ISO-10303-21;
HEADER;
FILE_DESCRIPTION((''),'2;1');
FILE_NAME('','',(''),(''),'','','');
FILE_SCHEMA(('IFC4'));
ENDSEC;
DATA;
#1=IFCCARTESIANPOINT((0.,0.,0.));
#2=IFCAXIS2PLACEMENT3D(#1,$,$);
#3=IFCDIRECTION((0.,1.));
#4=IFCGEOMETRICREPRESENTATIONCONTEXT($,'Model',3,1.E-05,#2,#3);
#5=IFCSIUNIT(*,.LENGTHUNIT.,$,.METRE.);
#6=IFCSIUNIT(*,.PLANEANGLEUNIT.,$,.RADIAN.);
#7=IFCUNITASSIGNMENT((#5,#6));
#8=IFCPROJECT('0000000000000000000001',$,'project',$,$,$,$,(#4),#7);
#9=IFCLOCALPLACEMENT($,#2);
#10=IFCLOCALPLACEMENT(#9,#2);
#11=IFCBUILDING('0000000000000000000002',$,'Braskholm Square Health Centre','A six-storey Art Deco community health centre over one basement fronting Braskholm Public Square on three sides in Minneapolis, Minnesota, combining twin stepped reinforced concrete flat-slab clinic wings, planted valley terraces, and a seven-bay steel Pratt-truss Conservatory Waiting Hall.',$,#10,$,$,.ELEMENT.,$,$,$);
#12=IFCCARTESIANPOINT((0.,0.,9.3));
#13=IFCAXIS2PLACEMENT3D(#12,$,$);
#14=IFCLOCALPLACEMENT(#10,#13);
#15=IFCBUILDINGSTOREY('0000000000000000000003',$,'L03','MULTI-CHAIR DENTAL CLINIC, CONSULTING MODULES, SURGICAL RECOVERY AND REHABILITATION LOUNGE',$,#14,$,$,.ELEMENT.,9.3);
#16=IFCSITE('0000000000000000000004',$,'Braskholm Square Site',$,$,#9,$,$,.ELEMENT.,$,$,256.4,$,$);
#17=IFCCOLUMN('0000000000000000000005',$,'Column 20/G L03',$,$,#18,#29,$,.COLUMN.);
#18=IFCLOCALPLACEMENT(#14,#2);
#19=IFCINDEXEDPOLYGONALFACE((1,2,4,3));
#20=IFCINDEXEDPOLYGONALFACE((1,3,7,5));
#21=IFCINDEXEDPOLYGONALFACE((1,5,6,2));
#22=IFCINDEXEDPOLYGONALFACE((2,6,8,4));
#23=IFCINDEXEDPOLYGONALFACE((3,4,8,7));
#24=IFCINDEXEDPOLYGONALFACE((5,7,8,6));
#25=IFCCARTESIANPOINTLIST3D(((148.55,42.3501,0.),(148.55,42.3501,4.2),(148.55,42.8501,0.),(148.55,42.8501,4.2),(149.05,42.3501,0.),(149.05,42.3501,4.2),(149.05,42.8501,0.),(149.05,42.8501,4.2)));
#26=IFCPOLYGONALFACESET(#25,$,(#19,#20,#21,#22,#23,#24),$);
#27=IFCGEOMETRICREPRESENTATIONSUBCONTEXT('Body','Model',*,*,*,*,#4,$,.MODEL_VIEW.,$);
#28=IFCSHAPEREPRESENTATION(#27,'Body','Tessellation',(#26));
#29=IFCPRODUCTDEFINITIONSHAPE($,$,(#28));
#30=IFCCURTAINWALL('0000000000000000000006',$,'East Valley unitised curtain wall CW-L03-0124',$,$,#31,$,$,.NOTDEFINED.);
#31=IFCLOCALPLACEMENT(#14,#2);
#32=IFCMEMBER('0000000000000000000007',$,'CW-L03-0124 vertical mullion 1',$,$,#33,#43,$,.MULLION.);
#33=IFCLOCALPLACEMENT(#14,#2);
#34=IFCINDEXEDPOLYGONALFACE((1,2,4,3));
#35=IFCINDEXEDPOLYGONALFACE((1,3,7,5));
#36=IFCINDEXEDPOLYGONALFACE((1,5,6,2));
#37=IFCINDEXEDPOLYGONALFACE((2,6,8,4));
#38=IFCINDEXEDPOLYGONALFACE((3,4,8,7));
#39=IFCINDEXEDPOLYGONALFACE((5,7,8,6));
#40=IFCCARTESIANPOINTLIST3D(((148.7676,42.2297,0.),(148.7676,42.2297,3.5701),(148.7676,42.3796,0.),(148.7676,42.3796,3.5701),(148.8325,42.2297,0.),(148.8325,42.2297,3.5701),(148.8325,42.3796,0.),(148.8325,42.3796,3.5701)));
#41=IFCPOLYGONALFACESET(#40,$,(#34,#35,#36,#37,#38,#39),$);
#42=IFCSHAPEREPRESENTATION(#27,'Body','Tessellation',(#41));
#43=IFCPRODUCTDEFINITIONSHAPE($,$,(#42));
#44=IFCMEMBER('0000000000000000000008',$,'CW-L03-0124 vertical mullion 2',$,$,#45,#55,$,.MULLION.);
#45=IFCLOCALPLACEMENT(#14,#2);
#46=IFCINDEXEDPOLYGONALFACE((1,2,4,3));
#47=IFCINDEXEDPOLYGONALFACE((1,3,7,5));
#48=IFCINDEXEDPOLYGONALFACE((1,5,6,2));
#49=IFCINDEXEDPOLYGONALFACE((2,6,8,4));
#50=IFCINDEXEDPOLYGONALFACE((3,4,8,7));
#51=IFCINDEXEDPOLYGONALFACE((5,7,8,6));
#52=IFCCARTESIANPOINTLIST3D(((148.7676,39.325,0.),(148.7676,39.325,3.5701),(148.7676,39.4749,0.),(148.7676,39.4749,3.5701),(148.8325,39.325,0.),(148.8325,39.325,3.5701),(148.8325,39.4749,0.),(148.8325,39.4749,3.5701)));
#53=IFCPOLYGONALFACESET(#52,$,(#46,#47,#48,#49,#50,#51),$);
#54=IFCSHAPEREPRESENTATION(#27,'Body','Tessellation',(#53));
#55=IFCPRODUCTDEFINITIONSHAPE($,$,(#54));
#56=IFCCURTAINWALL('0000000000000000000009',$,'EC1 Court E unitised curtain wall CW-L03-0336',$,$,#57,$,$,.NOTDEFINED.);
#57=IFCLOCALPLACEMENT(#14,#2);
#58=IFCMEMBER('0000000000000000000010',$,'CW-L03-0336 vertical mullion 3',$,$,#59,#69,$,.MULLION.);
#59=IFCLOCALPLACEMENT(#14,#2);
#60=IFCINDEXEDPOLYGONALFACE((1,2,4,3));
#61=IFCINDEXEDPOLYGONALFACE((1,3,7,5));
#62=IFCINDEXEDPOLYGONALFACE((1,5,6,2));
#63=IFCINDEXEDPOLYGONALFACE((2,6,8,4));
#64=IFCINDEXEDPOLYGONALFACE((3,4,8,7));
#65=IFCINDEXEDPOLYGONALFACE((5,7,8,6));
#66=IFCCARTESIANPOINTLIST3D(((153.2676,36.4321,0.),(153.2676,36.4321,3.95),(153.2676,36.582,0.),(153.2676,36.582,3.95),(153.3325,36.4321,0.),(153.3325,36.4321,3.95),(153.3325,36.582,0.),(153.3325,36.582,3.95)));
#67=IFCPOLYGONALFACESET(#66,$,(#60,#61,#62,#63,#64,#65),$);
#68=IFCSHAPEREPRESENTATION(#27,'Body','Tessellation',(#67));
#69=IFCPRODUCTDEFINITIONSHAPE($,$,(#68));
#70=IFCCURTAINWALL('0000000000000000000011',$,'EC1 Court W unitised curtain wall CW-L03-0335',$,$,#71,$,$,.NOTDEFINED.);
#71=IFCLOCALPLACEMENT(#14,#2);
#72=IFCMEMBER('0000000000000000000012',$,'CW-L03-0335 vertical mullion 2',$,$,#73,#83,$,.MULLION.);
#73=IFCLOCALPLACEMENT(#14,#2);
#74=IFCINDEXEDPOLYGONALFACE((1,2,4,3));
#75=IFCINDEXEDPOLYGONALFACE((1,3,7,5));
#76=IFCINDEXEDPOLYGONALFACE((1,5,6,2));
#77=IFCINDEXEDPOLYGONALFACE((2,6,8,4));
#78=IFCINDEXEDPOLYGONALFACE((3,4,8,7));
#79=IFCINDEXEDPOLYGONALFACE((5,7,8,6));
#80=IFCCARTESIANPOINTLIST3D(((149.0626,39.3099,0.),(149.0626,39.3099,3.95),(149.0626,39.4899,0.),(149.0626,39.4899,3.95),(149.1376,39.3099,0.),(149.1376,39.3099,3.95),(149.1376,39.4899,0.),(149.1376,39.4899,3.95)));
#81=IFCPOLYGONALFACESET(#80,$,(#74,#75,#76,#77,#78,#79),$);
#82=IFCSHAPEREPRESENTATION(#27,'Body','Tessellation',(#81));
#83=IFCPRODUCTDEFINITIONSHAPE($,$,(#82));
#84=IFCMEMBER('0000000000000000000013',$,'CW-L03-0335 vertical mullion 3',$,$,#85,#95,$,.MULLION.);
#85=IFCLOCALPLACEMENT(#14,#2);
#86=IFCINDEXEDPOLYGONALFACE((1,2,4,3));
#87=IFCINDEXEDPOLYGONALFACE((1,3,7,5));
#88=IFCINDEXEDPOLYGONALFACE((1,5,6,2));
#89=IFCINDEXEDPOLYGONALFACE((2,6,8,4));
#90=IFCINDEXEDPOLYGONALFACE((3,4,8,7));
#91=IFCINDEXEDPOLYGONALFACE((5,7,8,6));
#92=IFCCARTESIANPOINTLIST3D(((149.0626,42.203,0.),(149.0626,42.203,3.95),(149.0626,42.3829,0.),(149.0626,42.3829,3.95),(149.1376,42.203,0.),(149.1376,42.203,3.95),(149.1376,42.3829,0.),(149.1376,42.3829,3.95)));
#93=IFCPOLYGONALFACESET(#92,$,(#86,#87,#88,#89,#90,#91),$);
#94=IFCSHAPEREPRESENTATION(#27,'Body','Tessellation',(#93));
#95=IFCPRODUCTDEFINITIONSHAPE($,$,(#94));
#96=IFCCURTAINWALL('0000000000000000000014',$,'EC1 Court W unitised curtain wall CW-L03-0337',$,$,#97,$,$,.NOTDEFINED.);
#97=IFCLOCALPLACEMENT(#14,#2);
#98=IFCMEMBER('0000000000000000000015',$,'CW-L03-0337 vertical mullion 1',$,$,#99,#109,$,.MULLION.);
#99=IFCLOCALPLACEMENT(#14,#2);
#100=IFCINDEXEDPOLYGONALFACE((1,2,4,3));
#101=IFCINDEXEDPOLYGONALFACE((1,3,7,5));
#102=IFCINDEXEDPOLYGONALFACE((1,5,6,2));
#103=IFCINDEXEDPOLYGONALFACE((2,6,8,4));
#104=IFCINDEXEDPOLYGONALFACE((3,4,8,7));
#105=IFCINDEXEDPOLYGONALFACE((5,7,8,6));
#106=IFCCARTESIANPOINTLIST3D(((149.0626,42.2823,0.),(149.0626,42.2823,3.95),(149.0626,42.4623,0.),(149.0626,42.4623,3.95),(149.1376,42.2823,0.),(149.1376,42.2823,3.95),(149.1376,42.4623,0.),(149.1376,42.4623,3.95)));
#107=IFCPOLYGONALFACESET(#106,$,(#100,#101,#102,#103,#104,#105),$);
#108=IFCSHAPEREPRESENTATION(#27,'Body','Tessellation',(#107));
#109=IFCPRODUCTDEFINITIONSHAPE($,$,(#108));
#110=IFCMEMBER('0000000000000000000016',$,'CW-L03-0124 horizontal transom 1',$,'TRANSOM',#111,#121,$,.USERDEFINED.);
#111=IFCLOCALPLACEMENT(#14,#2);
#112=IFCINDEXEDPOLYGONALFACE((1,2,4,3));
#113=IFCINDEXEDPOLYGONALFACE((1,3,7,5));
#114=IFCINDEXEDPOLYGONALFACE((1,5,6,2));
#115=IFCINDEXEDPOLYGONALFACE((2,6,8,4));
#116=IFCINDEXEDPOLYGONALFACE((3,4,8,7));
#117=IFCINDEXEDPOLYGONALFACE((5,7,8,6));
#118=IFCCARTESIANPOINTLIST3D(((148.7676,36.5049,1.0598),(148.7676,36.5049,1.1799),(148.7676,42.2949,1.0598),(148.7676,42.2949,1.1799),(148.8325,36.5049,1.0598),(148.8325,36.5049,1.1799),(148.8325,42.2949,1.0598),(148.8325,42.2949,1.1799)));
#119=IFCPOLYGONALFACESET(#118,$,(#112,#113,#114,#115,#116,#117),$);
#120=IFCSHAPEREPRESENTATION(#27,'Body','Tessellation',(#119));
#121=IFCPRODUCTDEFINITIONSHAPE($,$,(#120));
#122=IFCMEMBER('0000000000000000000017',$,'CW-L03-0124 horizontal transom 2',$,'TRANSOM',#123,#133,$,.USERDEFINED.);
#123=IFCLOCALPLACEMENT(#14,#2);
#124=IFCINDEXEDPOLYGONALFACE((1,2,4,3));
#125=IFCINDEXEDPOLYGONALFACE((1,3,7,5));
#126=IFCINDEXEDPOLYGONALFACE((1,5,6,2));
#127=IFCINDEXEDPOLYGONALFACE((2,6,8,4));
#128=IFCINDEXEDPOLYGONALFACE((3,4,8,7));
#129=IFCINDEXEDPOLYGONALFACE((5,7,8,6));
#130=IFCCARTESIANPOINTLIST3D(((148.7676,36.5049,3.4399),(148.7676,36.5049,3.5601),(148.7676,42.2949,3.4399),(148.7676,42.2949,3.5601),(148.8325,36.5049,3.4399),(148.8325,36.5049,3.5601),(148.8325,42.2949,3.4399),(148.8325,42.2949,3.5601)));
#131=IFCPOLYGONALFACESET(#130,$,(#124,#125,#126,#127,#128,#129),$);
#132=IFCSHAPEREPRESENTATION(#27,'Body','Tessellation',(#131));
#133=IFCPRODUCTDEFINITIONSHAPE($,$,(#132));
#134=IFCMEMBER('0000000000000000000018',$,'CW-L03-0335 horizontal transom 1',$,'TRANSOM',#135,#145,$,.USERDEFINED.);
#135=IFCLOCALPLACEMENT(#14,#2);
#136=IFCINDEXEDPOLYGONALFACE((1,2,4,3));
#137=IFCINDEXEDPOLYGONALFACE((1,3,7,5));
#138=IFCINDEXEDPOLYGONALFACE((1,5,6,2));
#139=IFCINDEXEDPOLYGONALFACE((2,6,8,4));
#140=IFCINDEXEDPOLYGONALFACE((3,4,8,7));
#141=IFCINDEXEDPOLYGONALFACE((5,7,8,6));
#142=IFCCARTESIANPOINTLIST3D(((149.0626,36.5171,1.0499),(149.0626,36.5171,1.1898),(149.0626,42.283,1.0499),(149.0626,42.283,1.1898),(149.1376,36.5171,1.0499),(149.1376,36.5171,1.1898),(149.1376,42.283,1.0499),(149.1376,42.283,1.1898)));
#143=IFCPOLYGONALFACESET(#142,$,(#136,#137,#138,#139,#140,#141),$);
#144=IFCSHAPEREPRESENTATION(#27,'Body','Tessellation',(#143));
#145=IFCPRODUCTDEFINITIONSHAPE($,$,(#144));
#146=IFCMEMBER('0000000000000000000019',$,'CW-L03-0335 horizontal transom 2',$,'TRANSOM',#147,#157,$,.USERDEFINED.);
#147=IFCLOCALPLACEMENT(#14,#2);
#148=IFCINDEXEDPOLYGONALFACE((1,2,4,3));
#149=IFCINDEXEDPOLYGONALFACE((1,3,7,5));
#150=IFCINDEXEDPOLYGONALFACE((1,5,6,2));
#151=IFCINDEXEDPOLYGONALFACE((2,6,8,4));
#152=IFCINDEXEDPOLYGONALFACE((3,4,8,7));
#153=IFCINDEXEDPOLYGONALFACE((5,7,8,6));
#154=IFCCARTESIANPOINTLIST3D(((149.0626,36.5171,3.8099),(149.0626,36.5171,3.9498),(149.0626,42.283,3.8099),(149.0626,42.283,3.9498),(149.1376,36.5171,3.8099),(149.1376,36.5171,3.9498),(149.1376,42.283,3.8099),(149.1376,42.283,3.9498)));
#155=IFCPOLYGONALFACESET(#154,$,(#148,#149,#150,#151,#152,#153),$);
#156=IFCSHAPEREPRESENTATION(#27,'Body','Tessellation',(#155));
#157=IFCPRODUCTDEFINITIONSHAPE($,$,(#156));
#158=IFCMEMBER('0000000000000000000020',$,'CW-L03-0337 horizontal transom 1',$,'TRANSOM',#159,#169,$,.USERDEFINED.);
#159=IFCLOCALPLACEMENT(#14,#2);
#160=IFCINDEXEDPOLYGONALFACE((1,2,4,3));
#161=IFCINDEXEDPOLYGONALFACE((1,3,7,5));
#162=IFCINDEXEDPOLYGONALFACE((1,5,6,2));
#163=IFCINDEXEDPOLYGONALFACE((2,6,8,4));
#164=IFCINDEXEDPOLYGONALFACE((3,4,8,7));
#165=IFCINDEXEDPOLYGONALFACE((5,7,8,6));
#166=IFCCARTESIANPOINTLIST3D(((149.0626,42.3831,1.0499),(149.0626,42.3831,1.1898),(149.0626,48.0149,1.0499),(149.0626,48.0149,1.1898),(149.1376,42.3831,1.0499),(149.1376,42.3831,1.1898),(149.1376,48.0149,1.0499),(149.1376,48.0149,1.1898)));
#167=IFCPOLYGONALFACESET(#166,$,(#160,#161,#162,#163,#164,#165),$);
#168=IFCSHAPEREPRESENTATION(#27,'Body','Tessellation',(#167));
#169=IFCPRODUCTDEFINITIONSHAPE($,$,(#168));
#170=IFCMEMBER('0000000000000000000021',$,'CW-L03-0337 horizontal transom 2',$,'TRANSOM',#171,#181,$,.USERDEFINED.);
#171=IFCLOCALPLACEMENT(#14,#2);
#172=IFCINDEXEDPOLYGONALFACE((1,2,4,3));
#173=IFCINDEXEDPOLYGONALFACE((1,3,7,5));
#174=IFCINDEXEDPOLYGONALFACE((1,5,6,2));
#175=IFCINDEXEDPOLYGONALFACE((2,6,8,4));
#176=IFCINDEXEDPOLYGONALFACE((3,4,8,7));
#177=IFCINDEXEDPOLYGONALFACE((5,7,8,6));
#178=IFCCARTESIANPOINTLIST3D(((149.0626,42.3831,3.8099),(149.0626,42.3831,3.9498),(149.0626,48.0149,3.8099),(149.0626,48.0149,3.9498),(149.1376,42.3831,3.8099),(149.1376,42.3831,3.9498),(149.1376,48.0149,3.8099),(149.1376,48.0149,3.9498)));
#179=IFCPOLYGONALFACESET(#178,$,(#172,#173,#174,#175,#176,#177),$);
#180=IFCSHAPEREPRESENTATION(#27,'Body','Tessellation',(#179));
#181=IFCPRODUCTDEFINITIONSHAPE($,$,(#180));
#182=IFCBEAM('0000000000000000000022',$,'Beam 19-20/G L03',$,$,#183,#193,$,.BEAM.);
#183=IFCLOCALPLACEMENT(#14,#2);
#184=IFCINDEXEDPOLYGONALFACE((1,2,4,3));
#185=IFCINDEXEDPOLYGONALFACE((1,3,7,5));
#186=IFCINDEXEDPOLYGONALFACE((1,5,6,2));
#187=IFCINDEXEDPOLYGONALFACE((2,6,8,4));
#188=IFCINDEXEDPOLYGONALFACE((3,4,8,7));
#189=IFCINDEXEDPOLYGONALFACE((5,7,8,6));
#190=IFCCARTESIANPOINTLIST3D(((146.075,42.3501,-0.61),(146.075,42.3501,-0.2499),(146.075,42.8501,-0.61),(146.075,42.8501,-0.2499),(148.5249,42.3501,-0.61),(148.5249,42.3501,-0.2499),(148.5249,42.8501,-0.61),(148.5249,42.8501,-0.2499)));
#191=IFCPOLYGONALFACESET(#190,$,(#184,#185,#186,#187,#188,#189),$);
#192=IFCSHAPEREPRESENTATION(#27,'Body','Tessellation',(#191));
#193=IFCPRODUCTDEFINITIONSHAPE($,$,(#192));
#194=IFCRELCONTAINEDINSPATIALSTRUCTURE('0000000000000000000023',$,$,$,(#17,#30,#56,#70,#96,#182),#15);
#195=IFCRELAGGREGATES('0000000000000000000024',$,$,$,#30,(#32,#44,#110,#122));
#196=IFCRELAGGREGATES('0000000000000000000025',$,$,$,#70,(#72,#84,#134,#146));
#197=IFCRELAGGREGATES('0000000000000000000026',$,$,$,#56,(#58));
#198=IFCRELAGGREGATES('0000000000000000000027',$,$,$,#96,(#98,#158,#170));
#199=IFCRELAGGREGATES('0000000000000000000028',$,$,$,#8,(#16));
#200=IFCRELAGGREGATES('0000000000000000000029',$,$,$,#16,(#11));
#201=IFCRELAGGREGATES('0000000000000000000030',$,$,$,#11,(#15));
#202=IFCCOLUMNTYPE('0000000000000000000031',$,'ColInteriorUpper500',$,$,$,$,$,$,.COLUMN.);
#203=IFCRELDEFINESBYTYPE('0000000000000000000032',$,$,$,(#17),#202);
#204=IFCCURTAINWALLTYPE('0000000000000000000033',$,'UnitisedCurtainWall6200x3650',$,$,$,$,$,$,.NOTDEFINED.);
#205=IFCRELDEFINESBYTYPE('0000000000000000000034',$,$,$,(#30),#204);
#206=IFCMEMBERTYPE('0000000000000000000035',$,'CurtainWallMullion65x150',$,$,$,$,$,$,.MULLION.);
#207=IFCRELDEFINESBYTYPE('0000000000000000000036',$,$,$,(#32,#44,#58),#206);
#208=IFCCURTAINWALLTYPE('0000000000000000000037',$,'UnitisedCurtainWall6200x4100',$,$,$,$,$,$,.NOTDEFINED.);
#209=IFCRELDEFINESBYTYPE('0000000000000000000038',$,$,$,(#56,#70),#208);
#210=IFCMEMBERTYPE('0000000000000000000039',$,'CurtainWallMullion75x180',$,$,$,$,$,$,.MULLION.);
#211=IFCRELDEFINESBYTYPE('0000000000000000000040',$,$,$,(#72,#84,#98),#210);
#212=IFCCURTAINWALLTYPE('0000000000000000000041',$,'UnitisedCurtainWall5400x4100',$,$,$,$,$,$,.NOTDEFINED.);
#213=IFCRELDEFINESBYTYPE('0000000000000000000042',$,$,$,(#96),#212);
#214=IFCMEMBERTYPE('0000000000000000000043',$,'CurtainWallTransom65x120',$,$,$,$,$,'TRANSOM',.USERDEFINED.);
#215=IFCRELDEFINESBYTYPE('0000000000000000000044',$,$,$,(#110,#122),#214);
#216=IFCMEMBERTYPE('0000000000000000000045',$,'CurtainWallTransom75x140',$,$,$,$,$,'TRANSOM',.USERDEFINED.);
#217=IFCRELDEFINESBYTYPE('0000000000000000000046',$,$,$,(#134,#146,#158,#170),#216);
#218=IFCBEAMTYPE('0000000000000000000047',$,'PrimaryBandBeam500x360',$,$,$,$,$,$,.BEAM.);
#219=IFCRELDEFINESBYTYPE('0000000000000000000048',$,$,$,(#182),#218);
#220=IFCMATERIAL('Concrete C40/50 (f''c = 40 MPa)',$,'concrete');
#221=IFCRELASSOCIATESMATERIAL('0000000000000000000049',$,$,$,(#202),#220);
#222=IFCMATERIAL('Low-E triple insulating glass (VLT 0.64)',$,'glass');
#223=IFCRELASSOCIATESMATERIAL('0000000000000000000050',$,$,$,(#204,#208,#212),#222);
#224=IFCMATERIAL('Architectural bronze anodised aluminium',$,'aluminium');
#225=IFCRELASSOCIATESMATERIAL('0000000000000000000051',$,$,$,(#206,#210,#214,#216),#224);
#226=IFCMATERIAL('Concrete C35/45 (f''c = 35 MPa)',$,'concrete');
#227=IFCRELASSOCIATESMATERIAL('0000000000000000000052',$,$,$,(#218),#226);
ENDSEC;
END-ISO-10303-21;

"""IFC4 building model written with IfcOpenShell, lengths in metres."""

from ifc_helpers import new_model, si_unit, direction, frame, origin, origin_2d, place, context, subcontext, project, spatial, rectangle, extrude, material, material_profile, profile_set, type_object, element, aggregate, save


model = new_model("IFC4")

# Units and contexts
model_context = context("Model", 3, precision=1e-05, world=origin(), true_north=direction((0.0, 1.0)))
body_context = subcontext(model_context, "Body", "Model", "MODEL_VIEW")
ifc_project = project(units=[si_unit("LENGTHUNIT", "METRE"), si_unit("PLANEANGLEUNIT", "RADIAN")], contexts=[model_context])

# Site, building, storey
site_placement = place(None, origin())
site = spatial("IfcSite", under=ifc_project, at=site_placement, Name="Braskholm Square Site", CompositionType="ELEMENT", RefElevation=256.4)
building_placement = place(site_placement, origin())
building = spatial("IfcBuilding", under=site, at=building_placement, Name="Braskholm Square Health Centre", Description="A six-storey Art Deco community health centre over one basement fronting Braskholm Public Square on three sides in Minneapolis, Minnesota, combining twin stepped reinforced concrete flat-slab clinic wings, planted valley terraces, and a seven-bay steel Pratt-truss Conservatory Waiting Hall.", CompositionType="ELEMENT")
storey_placement = place(building_placement, frame((0.0, 0.0, 9.3)))
storey = spatial("IfcBuildingStorey", under=building, at=storey_placement, Name="L03", Description="MULTI-CHAIR DENTAL CLINIC, CONSULTING MODULES, SURGICAL RECOVERY AND REHABILITATION LOUNGE", CompositionType="ELEMENT", Elevation=9.3)

# Column
ifc_material_1 = material(Name="Concrete C40/50 (f'c = 40 MPa)", Category="concrete")
ifc_material_profile_1 = material_profile(ifc_material_1, rectangle(XDim=0.5, YDim=0.5, at=origin_2d()), Name="RC-500X500")
ifc_profile_set_1 = profile_set([ifc_material_profile_1], Name="Concrete C40/50 (f'c = 40 MPa)")
column_type = type_object("IfcColumnType", Name="ColInteriorUpper500", PredefinedType="COLUMN", material=ifc_profile_set_1)
column_placement = place(storey_placement, frame((148.8, 42.6001, 0.0), z_axis=(0.0, 0.0, 1.0), x_axis=(1.0, 0.0, 0.0)))
element("IfcColumn", 1, at=column_placement, inside=storey, type_object=column_type, Name="Column 20/G L03", PredefinedType="COLUMN", context=body_context, shape_type="SweptSolid", body=[
    extrude(rectangle(XDim=0.5, YDim=0.5, at=origin_2d()), origin(), (0.0, 0.0, 1.0), 4.2),
])

# Curtain wall, members
ifc_material_2 = material(Name="Low-E triple insulating glass (VLT 0.64)", Category="glass")
curtain_wall_type_1 = type_object("IfcCurtainWallType", Name="UnitisedCurtainWall6200x3650", PredefinedType="NOTDEFINED", material=ifc_material_2)
curtain_wall_1_placement = place(storey_placement, origin())
curtain_wall_1 = element("IfcCurtainWall", 2, at=curtain_wall_1_placement, inside=storey, type_object=curtain_wall_type_1, Name="East Valley unitised curtain wall CW-L03-0124", PredefinedType="NOTDEFINED")
ifc_material_3 = material(Name="Architectural bronze anodised aluminium", Category="aluminium")
ifc_material_profile_2 = material_profile(ifc_material_3, rectangle(XDim=0.0649, YDim=0.1499, at=origin_2d()), Name="ALU-65X150")
ifc_profile_set_2 = profile_set([ifc_material_profile_2], Name="Architectural bronze anodised aluminium")
member_type_1 = type_object("IfcMemberType", Name="CurtainWallMullion65x150", PredefinedType="MULLION", material=ifc_profile_set_2)
member_1_placement = place(storey_placement, frame((148.8, 42.3047, 0.0), z_axis=(0.0, 0.0, 1.0), x_axis=(1.0, 0.0, 0.0)))
member_1 = element("IfcMember", 3, at=member_1_placement, type_object=member_type_1, Name="CW-L03-0124 vertical mullion 1", PredefinedType="MULLION", context=body_context, shape_type="SweptSolid", body=[
    extrude(rectangle(XDim=0.0649, YDim=0.1499, at=origin_2d()), origin(), (0.0, 0.0, 1.0), 3.5701),
])
member_2_placement = place(storey_placement, frame((148.8, 39.3999, 0.0), z_axis=(0.0, 0.0, 1.0), x_axis=(1.0, 0.0, 0.0)))
member_2 = element("IfcMember", 4, at=member_2_placement, type_object=member_type_1, Name="CW-L03-0124 vertical mullion 2", PredefinedType="MULLION", context=body_context, shape_type="SweptSolid", body=[
    extrude(rectangle(XDim=0.0649, YDim=0.1499, at=origin_2d()), origin(), (0.0, 0.0, 1.0), 3.5701),
])

# Curtain wall, member
curtain_wall_type_2 = type_object("IfcCurtainWallType", Name="UnitisedCurtainWall6200x4100", PredefinedType="NOTDEFINED", material=ifc_material_2)
curtain_wall_2_placement = place(storey_placement, origin())
curtain_wall_2 = element("IfcCurtainWall", 5, at=curtain_wall_2_placement, inside=storey, type_object=curtain_wall_type_2, Name="EC1 Court E unitised curtain wall CW-L03-0336", PredefinedType="NOTDEFINED")
member_3_placement = place(storey_placement, frame((153.3, 36.5071, 0.0), z_axis=(0.0, 0.0, 1.0), x_axis=(1.0, 0.0, 0.0)))
member_3 = element("IfcMember", 6, at=member_3_placement, type_object=member_type_1, Name="CW-L03-0336 vertical mullion 3", PredefinedType="MULLION", context=body_context, shape_type="SweptSolid", body=[
    extrude(rectangle(XDim=0.0649, YDim=0.1499, at=origin_2d()), origin(), (0.0, 0.0, 1.0), 3.95),
])

# Curtain wall, members
curtain_wall_3_placement = place(storey_placement, origin())
curtain_wall_3 = element("IfcCurtainWall", 7, at=curtain_wall_3_placement, inside=storey, type_object=curtain_wall_type_2, Name="EC1 Court W unitised curtain wall CW-L03-0335", PredefinedType="NOTDEFINED")
ifc_material_profile_3 = material_profile(ifc_material_3, rectangle(XDim=0.075, YDim=0.1799, at=origin_2d()), Name="ALU-75X180")
ifc_profile_set_3 = profile_set([ifc_material_profile_3], Name="Architectural bronze anodised aluminium")
member_type_2 = type_object("IfcMemberType", Name="CurtainWallMullion75x180", PredefinedType="MULLION", material=ifc_profile_set_3)
member_4_placement = place(storey_placement, frame((149.1001, 39.3999, 0.0), z_axis=(0.0, 0.0, 1.0), x_axis=(1.0, 0.0, 0.0)))
member_4 = element("IfcMember", 8, at=member_4_placement, type_object=member_type_2, Name="CW-L03-0335 vertical mullion 2", PredefinedType="MULLION", context=body_context, shape_type="SweptSolid", body=[
    extrude(rectangle(XDim=0.075, YDim=0.1799, at=origin_2d()), origin(), (0.0, 0.0, 1.0), 3.95),
])
member_5_placement = place(storey_placement, frame((149.1001, 42.293, 0.0), z_axis=(0.0, 0.0, 1.0), x_axis=(1.0, 0.0, 0.0)))
member_5 = element("IfcMember", 9, at=member_5_placement, type_object=member_type_2, Name="CW-L03-0335 vertical mullion 3", PredefinedType="MULLION", context=body_context, shape_type="SweptSolid", body=[
    extrude(rectangle(XDim=0.075, YDim=0.1799, at=origin_2d()), origin(), (0.0, 0.0, 1.0), 3.95),
])

# Curtain wall, member
curtain_wall_type_3 = type_object("IfcCurtainWallType", Name="UnitisedCurtainWall5400x4100", PredefinedType="NOTDEFINED", material=ifc_material_2)
curtain_wall_4_placement = place(storey_placement, origin())
curtain_wall_4 = element("IfcCurtainWall", 10, at=curtain_wall_4_placement, inside=storey, type_object=curtain_wall_type_3, Name="EC1 Court W unitised curtain wall CW-L03-0337", PredefinedType="NOTDEFINED")
member_6_placement = place(storey_placement, frame((149.1001, 42.3723, 0.0), z_axis=(0.0, 0.0, 1.0), x_axis=(1.0, 0.0, 0.0)))
member_6 = element("IfcMember", 11, at=member_6_placement, type_object=member_type_2, Name="CW-L03-0337 vertical mullion 1", PredefinedType="MULLION", context=body_context, shape_type="SweptSolid", body=[
    extrude(rectangle(XDim=0.075, YDim=0.1799, at=origin_2d()), origin(), (0.0, 0.0, 1.0), 3.95),
])

# Members
ifc_material_profile_4 = material_profile(ifc_material_3, rectangle(XDim=0.0649, YDim=0.1201, at=origin_2d()), Name="ALU-65X120")
ifc_profile_set_4 = profile_set([ifc_material_profile_4], Name="Architectural bronze anodised aluminium")
member_type_3 = type_object("IfcMemberType", Name="CurtainWallTransom65x120", ElementType="TRANSOM", PredefinedType="USERDEFINED", material=ifc_profile_set_4)
member_7_placement = place(storey_placement, frame((148.8, 42.2949, 1.1199), z_axis=(0.0, -1.0, 0.0), x_axis=(1.0, 0.0, 0.0)))
member_7 = element("IfcMember", 12, at=member_7_placement, type_object=member_type_3, Name="CW-L03-0124 horizontal transom 1", ObjectType="TRANSOM", PredefinedType="USERDEFINED", context=body_context, shape_type="SweptSolid", body=[
    extrude(rectangle(XDim=0.0649, YDim=0.1201, at=origin_2d()), origin(), (0.0, 0.0, 1.0), 5.79),
])
member_8_placement = place(storey_placement, frame((148.8, 42.2949, 3.5), z_axis=(0.0, -1.0, 0.0), x_axis=(1.0, 0.0, 0.0)))
member_8 = element("IfcMember", 13, at=member_8_placement, type_object=member_type_3, Name="CW-L03-0124 horizontal transom 2", ObjectType="TRANSOM", PredefinedType="USERDEFINED", context=body_context, shape_type="SweptSolid", body=[
    extrude(rectangle(XDim=0.0649, YDim=0.1201, at=origin_2d()), origin(), (0.0, 0.0, 1.0), 5.79),
])
ifc_material_profile_5 = material_profile(ifc_material_3, rectangle(XDim=0.075, YDim=0.1399, at=origin_2d()), Name="ALU-75X140")
ifc_profile_set_5 = profile_set([ifc_material_profile_5], Name="Architectural bronze anodised aluminium")
member_type_4 = type_object("IfcMemberType", Name="CurtainWallTransom75x140", ElementType="TRANSOM", PredefinedType="USERDEFINED", material=ifc_profile_set_5)
member_9_placement = place(storey_placement, frame((149.1001, 36.5171, 1.1199), z_axis=(0.0, 1.0, 0.0), x_axis=(-1.0, 0.0, 0.0)))
member_9 = element("IfcMember", 14, at=member_9_placement, type_object=member_type_4, Name="CW-L03-0335 horizontal transom 1", ObjectType="TRANSOM", PredefinedType="USERDEFINED", context=body_context, shape_type="SweptSolid", body=[
    extrude(rectangle(XDim=0.075, YDim=0.1399, at=origin_2d()), origin(), (0.0, 0.0, 1.0), 5.7659),
])
member_10_placement = place(storey_placement, frame((149.1001, 36.5171, 3.8799), z_axis=(0.0, 1.0, 0.0), x_axis=(-1.0, 0.0, 0.0)))
member_10 = element("IfcMember", 15, at=member_10_placement, type_object=member_type_4, Name="CW-L03-0335 horizontal transom 2", ObjectType="TRANSOM", PredefinedType="USERDEFINED", context=body_context, shape_type="SweptSolid", body=[
    extrude(rectangle(XDim=0.075, YDim=0.1399, at=origin_2d()), origin(), (0.0, 0.0, 1.0), 5.7659),
])
member_11_placement = place(storey_placement, frame((149.1001, 42.3831, 1.1199), z_axis=(0.0, 1.0, 0.0), x_axis=(-1.0, 0.0, 0.0)))
member_11 = element("IfcMember", 16, at=member_11_placement, type_object=member_type_4, Name="CW-L03-0337 horizontal transom 1", ObjectType="TRANSOM", PredefinedType="USERDEFINED", context=body_context, shape_type="SweptSolid", body=[
    extrude(rectangle(XDim=0.075, YDim=0.1399, at=origin_2d()), origin(), (0.0, 0.0, 1.0), 5.6318),
])
member_12_placement = place(storey_placement, frame((149.1001, 42.3831, 3.8799), z_axis=(0.0, 1.0, 0.0), x_axis=(-1.0, 0.0, 0.0)))
member_12 = element("IfcMember", 17, at=member_12_placement, type_object=member_type_4, Name="CW-L03-0337 horizontal transom 2", ObjectType="TRANSOM", PredefinedType="USERDEFINED", context=body_context, shape_type="SweptSolid", body=[
    extrude(rectangle(XDim=0.075, YDim=0.1399, at=origin_2d()), origin(), (0.0, 0.0, 1.0), 5.6318),
])

# Beam
ifc_material_4 = material(Name="Concrete C35/45 (f'c = 35 MPa)", Category="concrete")
ifc_material_profile_6 = material_profile(ifc_material_4, rectangle(XDim=0.5, YDim=0.3601, at=origin_2d()), Name="RCB-500X360")
ifc_profile_set_6 = profile_set([ifc_material_profile_6], Name="Concrete C35/45 (f'c = 35 MPa)")
beam_type_1 = type_object("IfcBeamType", Name="PrimaryBandBeam500x360", PredefinedType="BEAM", material=ifc_profile_set_6)
beam_1_placement = place(storey_placement, frame((146.075, 42.6001, -0.4299), z_axis=(1.0, 0.0, 0.0), x_axis=(0.0, 1.0, 0.0)))
element("IfcBeam", 18, at=beam_1_placement, inside=storey, type_object=beam_type_1, Name="Beam 19-20/G L03", PredefinedType="BEAM", context=body_context, shape_type="SweptSolid", body=[
    extrude(rectangle(XDim=0.5, YDim=0.3601, at=origin_2d()), origin(), (0.0, 0.0, 1.0), 2.45),
])

aggregate(curtain_wall_1, [member_1, member_2, member_7, member_8])
aggregate(curtain_wall_3, [member_4, member_5, member_9, member_10])
aggregate(curtain_wall_2, [member_3])
aggregate(curtain_wall_4, [member_6, member_11, member_12])

save(model, "model.ifc")
